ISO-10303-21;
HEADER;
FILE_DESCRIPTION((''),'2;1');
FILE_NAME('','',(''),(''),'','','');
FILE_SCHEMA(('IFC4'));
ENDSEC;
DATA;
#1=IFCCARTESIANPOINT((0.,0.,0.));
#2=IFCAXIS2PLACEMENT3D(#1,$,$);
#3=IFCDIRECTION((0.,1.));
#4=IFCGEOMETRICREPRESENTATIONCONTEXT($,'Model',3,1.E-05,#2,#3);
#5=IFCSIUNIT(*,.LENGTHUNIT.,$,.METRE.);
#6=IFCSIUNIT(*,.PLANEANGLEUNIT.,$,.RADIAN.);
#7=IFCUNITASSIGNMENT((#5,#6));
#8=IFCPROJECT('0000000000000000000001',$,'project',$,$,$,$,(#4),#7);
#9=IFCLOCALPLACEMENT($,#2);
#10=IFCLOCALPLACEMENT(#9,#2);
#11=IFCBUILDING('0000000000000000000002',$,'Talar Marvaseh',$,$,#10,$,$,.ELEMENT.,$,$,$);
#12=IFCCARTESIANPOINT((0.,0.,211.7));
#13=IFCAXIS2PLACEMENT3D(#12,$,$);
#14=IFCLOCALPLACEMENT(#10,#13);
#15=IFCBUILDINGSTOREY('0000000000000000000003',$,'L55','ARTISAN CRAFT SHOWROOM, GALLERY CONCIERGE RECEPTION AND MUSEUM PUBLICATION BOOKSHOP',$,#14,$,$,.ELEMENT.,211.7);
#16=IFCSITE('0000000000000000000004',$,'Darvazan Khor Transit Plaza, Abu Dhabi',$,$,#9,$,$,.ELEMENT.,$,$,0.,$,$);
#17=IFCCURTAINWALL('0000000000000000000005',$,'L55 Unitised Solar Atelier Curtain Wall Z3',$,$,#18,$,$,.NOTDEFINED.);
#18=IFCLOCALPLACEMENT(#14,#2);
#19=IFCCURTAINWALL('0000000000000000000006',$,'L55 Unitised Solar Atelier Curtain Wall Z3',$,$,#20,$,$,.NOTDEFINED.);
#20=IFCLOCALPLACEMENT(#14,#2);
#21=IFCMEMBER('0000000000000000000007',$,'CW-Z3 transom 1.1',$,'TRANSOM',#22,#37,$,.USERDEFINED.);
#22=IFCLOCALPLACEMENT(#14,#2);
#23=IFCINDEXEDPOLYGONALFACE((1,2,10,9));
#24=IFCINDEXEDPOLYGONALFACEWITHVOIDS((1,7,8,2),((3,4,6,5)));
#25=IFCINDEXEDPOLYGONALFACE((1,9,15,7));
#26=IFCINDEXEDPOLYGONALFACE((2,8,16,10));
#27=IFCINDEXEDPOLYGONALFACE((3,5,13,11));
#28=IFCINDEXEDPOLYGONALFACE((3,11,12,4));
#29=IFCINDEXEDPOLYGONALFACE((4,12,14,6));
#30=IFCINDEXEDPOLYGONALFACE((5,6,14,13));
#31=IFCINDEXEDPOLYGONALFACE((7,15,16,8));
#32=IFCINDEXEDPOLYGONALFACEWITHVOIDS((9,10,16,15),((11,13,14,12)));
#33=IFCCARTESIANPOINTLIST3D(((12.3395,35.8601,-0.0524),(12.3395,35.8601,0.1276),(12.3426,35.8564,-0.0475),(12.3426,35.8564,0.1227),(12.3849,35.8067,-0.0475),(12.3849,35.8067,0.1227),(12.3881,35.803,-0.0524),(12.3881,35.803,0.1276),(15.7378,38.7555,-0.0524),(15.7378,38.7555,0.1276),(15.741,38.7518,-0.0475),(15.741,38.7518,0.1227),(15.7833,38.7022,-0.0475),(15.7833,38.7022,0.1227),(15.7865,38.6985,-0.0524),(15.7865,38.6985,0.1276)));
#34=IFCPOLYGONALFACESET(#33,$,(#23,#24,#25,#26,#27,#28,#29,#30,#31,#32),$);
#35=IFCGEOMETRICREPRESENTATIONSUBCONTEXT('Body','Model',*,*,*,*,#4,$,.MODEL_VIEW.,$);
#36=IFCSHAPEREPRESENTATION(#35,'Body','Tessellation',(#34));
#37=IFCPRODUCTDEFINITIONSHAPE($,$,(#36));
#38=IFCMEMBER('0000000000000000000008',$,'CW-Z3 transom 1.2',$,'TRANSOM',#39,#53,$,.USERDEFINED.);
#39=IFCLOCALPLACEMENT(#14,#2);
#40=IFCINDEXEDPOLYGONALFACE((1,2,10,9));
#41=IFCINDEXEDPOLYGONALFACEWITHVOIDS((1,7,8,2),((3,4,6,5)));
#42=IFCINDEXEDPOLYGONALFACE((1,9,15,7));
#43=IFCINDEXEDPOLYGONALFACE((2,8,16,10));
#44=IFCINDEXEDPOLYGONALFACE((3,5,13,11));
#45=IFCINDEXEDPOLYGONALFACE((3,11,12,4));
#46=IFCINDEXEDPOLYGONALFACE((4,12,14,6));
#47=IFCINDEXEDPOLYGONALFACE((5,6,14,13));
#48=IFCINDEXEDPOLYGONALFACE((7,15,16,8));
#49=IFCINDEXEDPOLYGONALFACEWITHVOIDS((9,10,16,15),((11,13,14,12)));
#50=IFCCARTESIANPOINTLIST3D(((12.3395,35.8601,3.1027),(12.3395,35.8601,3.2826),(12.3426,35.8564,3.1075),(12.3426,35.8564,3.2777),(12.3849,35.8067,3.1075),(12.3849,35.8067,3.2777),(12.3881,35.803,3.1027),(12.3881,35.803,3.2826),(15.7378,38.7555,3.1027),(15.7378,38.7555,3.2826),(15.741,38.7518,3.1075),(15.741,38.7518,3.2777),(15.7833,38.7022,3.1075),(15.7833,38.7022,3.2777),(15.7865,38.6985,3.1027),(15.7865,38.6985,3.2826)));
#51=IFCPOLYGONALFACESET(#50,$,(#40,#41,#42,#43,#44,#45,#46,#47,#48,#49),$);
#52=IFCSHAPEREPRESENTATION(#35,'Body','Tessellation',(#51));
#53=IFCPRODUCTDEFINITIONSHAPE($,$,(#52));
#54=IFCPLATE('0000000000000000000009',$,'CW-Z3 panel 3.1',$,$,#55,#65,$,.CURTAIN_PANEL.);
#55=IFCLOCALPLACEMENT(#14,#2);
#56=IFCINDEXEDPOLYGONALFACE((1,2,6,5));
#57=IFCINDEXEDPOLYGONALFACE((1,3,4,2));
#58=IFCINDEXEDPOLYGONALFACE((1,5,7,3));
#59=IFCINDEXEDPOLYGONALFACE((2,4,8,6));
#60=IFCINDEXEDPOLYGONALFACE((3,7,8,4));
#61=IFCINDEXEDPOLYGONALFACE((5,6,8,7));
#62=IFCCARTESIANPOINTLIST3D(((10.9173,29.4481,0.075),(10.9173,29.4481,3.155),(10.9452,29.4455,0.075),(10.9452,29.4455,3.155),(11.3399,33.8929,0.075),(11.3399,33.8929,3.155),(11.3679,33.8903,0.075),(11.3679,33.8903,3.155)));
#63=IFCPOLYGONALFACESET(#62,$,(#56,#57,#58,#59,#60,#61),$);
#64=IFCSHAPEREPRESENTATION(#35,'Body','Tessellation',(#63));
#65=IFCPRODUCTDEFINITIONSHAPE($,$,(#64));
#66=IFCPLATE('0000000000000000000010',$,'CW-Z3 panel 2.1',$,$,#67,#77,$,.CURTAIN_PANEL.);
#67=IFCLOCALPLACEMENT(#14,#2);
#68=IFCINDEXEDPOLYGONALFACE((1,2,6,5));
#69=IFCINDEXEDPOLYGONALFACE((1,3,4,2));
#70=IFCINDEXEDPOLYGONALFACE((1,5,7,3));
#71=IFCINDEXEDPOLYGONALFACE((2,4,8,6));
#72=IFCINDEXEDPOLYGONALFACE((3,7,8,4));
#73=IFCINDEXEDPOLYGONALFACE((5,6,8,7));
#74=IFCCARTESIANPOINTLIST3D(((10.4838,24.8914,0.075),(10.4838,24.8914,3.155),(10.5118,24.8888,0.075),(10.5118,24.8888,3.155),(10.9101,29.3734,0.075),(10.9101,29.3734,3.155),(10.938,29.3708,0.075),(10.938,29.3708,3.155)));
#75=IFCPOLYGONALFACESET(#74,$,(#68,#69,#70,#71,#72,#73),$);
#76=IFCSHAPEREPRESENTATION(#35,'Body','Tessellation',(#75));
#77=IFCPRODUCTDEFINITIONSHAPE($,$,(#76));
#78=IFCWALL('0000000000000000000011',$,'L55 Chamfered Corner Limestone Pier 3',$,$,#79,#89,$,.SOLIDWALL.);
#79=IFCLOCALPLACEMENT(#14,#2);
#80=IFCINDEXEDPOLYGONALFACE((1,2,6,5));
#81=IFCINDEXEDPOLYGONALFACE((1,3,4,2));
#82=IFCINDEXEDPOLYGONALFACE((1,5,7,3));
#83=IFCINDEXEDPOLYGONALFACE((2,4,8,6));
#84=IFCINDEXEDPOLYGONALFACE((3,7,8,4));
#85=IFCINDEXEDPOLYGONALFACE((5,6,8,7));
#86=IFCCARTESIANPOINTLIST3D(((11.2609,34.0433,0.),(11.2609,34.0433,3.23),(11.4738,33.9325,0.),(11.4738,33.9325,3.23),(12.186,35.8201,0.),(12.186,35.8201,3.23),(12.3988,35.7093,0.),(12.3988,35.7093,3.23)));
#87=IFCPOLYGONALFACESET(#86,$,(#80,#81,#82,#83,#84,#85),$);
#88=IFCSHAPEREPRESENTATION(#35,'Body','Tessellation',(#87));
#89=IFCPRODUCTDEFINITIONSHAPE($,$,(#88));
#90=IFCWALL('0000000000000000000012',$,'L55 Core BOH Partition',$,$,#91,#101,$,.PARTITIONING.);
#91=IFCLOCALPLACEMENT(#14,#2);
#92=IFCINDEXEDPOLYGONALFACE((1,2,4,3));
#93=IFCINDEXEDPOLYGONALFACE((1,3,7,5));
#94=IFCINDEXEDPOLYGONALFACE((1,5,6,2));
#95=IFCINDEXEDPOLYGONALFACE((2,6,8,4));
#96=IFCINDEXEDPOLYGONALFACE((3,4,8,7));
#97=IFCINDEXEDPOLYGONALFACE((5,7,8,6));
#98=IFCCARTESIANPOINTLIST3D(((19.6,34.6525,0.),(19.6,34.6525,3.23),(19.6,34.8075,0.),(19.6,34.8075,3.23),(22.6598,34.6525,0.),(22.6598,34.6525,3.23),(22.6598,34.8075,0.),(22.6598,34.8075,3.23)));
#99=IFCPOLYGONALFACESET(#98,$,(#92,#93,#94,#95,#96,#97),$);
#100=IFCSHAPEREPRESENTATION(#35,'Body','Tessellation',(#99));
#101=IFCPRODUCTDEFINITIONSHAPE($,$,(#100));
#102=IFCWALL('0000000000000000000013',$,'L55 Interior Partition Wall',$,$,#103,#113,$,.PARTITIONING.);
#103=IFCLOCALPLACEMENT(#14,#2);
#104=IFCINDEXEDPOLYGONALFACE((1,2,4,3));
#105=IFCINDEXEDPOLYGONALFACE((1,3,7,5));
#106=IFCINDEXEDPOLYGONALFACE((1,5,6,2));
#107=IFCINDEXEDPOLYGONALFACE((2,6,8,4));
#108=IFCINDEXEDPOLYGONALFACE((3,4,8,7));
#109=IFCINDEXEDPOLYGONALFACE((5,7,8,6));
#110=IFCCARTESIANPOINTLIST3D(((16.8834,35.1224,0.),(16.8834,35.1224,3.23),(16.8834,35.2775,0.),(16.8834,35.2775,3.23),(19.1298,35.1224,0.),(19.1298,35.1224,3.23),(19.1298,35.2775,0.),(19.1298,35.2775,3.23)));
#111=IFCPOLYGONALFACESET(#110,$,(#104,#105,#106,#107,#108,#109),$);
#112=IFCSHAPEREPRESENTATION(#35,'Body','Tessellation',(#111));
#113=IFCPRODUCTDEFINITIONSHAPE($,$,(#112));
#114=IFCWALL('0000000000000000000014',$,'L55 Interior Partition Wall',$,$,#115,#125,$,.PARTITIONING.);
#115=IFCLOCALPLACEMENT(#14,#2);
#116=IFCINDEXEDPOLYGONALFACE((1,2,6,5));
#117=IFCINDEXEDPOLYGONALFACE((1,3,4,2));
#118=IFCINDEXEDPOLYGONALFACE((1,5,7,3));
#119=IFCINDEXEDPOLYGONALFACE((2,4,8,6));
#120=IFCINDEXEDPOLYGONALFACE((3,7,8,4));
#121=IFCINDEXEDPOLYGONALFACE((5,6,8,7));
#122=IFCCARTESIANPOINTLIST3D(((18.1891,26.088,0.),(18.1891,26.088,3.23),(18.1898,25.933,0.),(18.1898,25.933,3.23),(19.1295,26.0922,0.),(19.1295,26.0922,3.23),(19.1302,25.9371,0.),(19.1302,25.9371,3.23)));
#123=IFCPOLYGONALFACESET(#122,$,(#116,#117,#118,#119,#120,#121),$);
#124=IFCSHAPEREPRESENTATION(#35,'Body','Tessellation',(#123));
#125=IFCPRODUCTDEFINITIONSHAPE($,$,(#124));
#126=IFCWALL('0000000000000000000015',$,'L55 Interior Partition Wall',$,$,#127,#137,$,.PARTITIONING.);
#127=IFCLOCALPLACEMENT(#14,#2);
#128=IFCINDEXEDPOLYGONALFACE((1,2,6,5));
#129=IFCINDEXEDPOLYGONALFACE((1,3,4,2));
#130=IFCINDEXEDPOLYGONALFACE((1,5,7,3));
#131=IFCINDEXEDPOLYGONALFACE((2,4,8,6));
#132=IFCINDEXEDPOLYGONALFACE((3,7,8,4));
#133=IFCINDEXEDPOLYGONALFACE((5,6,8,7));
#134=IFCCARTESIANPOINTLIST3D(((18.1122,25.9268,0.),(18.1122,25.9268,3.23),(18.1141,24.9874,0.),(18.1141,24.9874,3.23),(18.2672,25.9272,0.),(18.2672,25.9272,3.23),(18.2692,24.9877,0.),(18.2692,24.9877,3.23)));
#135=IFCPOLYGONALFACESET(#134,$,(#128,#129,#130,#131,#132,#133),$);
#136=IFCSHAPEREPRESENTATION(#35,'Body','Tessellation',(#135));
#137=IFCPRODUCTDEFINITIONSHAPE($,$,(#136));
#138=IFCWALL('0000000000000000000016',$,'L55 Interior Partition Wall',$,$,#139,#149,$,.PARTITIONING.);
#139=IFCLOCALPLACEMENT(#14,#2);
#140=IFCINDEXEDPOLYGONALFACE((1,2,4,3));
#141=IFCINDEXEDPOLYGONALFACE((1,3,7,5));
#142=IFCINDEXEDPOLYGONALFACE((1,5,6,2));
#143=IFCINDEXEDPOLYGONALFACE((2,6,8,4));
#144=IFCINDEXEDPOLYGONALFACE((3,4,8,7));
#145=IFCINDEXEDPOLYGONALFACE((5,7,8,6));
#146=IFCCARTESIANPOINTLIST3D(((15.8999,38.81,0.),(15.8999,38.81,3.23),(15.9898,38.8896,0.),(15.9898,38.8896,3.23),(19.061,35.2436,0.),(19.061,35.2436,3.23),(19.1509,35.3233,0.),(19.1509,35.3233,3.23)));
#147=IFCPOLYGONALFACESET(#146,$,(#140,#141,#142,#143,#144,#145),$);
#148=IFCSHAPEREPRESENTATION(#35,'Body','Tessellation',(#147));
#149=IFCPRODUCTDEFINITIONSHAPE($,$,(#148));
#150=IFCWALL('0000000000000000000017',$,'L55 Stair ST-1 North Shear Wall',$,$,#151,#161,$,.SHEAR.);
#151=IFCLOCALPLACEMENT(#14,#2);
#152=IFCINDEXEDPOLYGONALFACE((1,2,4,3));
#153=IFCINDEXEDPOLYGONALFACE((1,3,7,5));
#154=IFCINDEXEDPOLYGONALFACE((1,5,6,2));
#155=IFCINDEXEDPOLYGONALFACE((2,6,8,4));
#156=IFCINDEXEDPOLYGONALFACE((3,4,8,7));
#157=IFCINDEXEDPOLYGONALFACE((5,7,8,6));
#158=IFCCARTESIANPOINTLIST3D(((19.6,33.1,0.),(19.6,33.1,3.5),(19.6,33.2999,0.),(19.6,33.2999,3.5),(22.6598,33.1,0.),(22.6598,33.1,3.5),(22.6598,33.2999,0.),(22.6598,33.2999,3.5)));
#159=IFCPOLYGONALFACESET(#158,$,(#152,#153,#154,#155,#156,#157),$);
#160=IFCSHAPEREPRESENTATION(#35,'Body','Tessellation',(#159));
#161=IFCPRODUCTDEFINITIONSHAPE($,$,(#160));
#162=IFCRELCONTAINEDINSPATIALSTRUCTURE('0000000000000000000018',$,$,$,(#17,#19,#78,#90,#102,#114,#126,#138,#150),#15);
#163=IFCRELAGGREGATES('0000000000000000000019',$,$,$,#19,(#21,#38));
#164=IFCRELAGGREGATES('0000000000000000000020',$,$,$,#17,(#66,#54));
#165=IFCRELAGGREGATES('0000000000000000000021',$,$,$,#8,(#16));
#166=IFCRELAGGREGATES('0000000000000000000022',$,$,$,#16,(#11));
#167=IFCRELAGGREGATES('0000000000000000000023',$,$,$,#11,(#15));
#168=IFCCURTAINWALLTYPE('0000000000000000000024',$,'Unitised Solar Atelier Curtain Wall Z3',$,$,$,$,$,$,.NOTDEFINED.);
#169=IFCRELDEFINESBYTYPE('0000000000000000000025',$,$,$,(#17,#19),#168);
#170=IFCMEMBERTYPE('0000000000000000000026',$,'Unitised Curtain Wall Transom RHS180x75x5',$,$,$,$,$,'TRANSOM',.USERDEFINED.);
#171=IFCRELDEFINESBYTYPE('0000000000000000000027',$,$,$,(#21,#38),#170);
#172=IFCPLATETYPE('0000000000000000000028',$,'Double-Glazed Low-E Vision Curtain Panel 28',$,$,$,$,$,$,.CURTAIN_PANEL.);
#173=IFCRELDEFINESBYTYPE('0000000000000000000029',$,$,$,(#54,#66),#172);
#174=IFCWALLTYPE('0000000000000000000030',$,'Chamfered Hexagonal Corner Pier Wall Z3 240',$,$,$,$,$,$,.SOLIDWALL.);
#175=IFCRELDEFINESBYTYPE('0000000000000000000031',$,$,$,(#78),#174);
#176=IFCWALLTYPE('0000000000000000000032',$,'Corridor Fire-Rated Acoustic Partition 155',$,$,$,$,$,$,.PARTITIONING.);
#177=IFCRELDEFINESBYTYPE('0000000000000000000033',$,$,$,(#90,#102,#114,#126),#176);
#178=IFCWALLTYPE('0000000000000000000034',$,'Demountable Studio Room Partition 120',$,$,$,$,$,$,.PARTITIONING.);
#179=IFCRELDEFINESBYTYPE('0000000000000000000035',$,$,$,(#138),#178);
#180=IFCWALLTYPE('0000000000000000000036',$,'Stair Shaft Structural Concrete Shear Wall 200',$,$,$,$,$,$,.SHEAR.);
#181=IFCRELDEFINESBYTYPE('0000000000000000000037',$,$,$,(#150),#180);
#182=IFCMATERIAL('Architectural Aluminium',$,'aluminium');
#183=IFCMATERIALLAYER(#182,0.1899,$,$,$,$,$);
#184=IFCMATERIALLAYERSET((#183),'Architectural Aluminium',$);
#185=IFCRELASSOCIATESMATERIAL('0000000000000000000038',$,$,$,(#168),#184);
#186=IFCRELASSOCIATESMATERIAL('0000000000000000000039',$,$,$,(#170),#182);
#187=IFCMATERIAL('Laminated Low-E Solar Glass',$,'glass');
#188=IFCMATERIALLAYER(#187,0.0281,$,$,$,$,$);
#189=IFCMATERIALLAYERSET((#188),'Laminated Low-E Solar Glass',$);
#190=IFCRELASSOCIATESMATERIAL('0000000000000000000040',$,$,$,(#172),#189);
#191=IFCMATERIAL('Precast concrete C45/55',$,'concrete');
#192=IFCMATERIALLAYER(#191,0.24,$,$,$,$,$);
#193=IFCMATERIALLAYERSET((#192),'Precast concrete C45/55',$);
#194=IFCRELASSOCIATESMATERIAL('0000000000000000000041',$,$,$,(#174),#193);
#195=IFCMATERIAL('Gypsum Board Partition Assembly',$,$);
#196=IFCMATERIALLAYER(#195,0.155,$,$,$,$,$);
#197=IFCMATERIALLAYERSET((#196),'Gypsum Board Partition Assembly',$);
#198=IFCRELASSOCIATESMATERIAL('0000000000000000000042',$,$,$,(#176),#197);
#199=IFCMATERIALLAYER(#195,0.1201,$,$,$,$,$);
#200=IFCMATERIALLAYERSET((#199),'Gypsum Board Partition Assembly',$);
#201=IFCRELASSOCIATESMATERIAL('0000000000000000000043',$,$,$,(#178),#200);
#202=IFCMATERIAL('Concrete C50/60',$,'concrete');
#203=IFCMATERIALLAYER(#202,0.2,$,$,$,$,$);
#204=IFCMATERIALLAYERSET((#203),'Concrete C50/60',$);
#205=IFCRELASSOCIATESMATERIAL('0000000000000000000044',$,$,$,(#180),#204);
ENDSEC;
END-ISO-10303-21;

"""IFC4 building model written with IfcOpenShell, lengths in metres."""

from ifc_helpers import new_model, si_unit, direction, frame, frame_2d, origin, origin_2d, place, context, subcontext, project, spatial, rectangle, hollow_rectangle, extrude, source, transform, mapped, material, layer, layer_set, material_profile, profile_set, type_object, type_shapes, element, aggregate, save


model = new_model("IFC4")

# Units and contexts
model_context = context("Model", 3, precision=1e-05, world=origin(), true_north=direction((0.0, 1.0)))
body_context = subcontext(model_context, "Body", "Model", "MODEL_VIEW")
ifc_project = project(units=[si_unit("LENGTHUNIT", "METRE"), si_unit("PLANEANGLEUNIT", "RADIAN")], contexts=[model_context])

# Site, building, storey
site_placement = place(None, origin())
site = spatial("IfcSite", under=ifc_project, at=site_placement, Name="Darvazan Khor Transit Plaza, Abu Dhabi", CompositionType="ELEMENT", RefElevation=0.0)
building_placement = place(site_placement, origin())
building = spatial("IfcBuilding", under=site, at=building_placement, Name="Talar Marvaseh", CompositionType="ELEMENT")
storey_placement = place(building_placement, frame((0.0, 0.0, 211.7)))
storey = spatial("IfcBuildingStorey", under=building, at=storey_placement, Name="L55", Description="ARTISAN CRAFT SHOWROOM, GALLERY CONCIERGE RECEPTION AND MUSEUM PUBLICATION BOOKSHOP", CompositionType="ELEMENT", Elevation=211.7)

# Curtain wall
ifc_material_1 = material(Name="Architectural Aluminium", Category="aluminium")
ifc_layer_1 = layer(ifc_material_1, 0.1899)
ifc_layer_set_1 = layer_set([ifc_layer_1], Name="Architectural Aluminium")
curtain_wall_type = type_object("IfcCurtainWallType", Name="Unitised Solar Atelier Curtain Wall Z3", PredefinedType="NOTDEFINED", material=ifc_layer_set_1)
curtain_wall_1_placement = place(storey_placement, origin())
curtain_wall_1 = element("IfcCurtainWall", 1, at=curtain_wall_1_placement, inside=storey, type_object=curtain_wall_type, Name="L55 Unitised Solar Atelier Curtain Wall Z3", PredefinedType="NOTDEFINED")

# Curtain wall
curtain_wall_2_placement = place(storey_placement, origin())
curtain_wall_2 = element("IfcCurtainWall", 2, at=curtain_wall_2_placement, inside=storey, type_object=curtain_wall_type, Name="L55 Unitised Solar Atelier Curtain Wall Z3", PredefinedType="NOTDEFINED")

# Members
ifc_material_profile_1 = material_profile(ifc_material_1, hollow_rectangle(XDim=0.075, YDim=0.1799, WallThickness=0.0049, at=origin_2d()), Name="RHS180x75x5")
ifc_profile_set_1 = profile_set([ifc_material_profile_1], Name="Architectural Aluminium")
member_type_1 = type_object("IfcMemberType", Name="Unitised Curtain Wall Transom RHS180x75x5", ElementType="TRANSOM", PredefinedType="USERDEFINED", material=ifc_profile_set_1)
shared_shape_1 = source(origin(), body_context, "Body", "SweptSolid", [
    extrude(hollow_rectangle(XDim=0.075, YDim=0.1799, WallThickness=0.0049, at=origin_2d()), origin(), (0.0, 0.0, 1.0), 4.4646),
])
type_shapes(member_type_1, [shared_shape_1])
member_1_placement = place(storey_placement, frame((12.3638, 35.8315, 0.0376), z_axis=(0.761183, 0.648537, 0.0), x_axis=(-0.648537, 0.761183, 0.0)))
member_1 = element("IfcMember", 3, at=member_1_placement, type_object=member_type_1, Name="CW-Z3 transom 1.1", ObjectType="TRANSOM", PredefinedType="USERDEFINED", context=body_context, shape_type="MappedRepresentation", body=[
    mapped(shared_shape_1, transform((0.0, 0.0, 0.0), x_axis=(1.0, 0.0, 0.0), y_axis=(0.0, 1.0, 0.0), z_axis=(0.0, 0.0, 1.0), scale=1.0)),
])
member_2_placement = place(storey_placement, frame((12.3638, 35.8315, 3.1926), z_axis=(0.761183, 0.648537, 0.0), x_axis=(-0.648537, 0.761183, 0.0)))
member_2 = element("IfcMember", 4, at=member_2_placement, type_object=member_type_1, Name="CW-Z3 transom 1.2", ObjectType="TRANSOM", PredefinedType="USERDEFINED", context=body_context, shape_type="MappedRepresentation", body=[
    mapped(shared_shape_1, transform((0.0, 0.0, 0.0), x_axis=(1.0, 0.0, 0.0), y_axis=(0.0, 1.0, 0.0), z_axis=(0.0, 0.0, 1.0), scale=1.0)),
])
aggregate(curtain_wall_2, [member_1, member_2])

# Plates
ifc_material_2 = material(Name="Laminated Low-E Solar Glass", Category="glass")
ifc_layer_2 = layer(ifc_material_2, 0.0281)
ifc_layer_set_2 = layer_set([ifc_layer_2], Name="Laminated Low-E Solar Glass")
plate_type = type_object("IfcPlateType", Name="Double-Glazed Low-E Vision Curtain Panel 28", PredefinedType="CURTAIN_PANEL", material=ifc_layer_set_2)
shared_shape_2 = source(origin(), body_context, "Body", "SweptSolid", [
    extrude(rectangle(XDim=4.4648, YDim=0.0281, at=origin_2d()), origin(), (0.0, 0.0, 1.0), 3.0801),
])
plate_1_placement = place(storey_placement, frame((11.1426, 31.6692, 0.075), z_axis=(0.0, 0.0, 1.0), x_axis=(0.094671, 0.995509, 0.0)))
plate_1 = element("IfcPlate", 5, at=plate_1_placement, type_object=plate_type, Name="CW-Z3 panel 3.1", PredefinedType="CURTAIN_PANEL", context=body_context, shape_type="MappedRepresentation", body=[
    mapped(shared_shape_2, transform((0.0, 0.0, 0.0), x_axis=(1.0, 0.0, 0.0), y_axis=(0.0, 1.0, 0.0), z_axis=(0.0, 0.0, 1.0), scale=1.0)),
])
shared_shape_3 = source(origin(), body_context, "Body", "SweptSolid", [
    extrude(rectangle(XDim=4.5022, YDim=0.0281, at=origin_2d()), origin(), (0.0, 0.0, 1.0), 3.0801),
])
type_shapes(plate_type, [shared_shape_2, shared_shape_3])
plate_2_placement = place(storey_placement, frame((10.7109, 27.1311, 0.075), z_axis=(0.0, 0.0, 1.0), x_axis=(0.094671, 0.995509, 0.0)))
plate_2 = element("IfcPlate", 6, at=plate_2_placement, type_object=plate_type, Name="CW-Z3 panel 2.1", PredefinedType="CURTAIN_PANEL", context=body_context, shape_type="MappedRepresentation", body=[
    mapped(shared_shape_3, transform((0.0, 0.0, 0.0), x_axis=(1.0, 0.0, 0.0), y_axis=(0.0, 1.0, 0.0), z_axis=(0.0, 0.0, 1.0), scale=1.0)),
])
aggregate(curtain_wall_1, [plate_2, plate_1])

# Walls
ifc_material_3 = material(Name="Precast concrete C45/55", Category="concrete")
ifc_layer_3 = layer(ifc_material_3, 0.24)
ifc_layer_set_3 = layer_set([ifc_layer_3], Name="Precast concrete C45/55")
wall_type_1 = type_object("IfcWallType", Name="Chamfered Hexagonal Corner Pier Wall Z3 240", PredefinedType="SOLIDWALL", material=ifc_layer_set_3)
wall_1_placement = place(storey_placement, frame((11.3674, 33.988, 0.0), z_axis=(0.0, 0.0, 1.0), x_axis=(0.461779, 0.886995, 0.0)))
element("IfcWall", 7, at=wall_1_placement, inside=storey, type_object=wall_type_1, Name="L55 Chamfered Corner Limestone Pier 3", PredefinedType="SOLIDWALL", context=body_context, shape_type="SweptSolid", body=[
    extrude(rectangle(XDim=2.0032, YDim=0.24, at=frame_2d((1.0015, 0.0))), origin(), (0.0, 0.0, 1.0), 3.23),
])
ifc_material_4 = material(Name="Gypsum Board Partition Assembly")
ifc_layer_4 = layer(ifc_material_4, 0.155)
ifc_layer_set_4 = layer_set([ifc_layer_4], Name="Gypsum Board Partition Assembly")
wall_type_2 = type_object("IfcWallType", Name="Corridor Fire-Rated Acoustic Partition 155", PredefinedType="PARTITIONING", material=ifc_layer_set_4)
wall_2_placement = place(storey_placement, frame((19.6001, 34.73, 0.0), z_axis=(0.0, 0.0, 1.0), x_axis=(1.0, 0.0, 0.0)))
element("IfcWall", 8, at=wall_2_placement, inside=storey, type_object=wall_type_2, Name="L55 Core BOH Partition", PredefinedType="PARTITIONING", context=body_context, shape_type="SweptSolid", body=[
    extrude(rectangle(XDim=3.0598, YDim=0.155, at=frame_2d((1.5298, 0.0))), origin(), (0.0, 0.0, 1.0), 3.23),
])
wall_3_placement = place(storey_placement, frame((16.8835, 35.2, 0.0), z_axis=(0.0, 0.0, 1.0), x_axis=(1.0, 0.0, 0.0)))
element("IfcWall", 9, at=wall_3_placement, inside=storey, type_object=wall_type_2, Name="L55 Interior Partition Wall", PredefinedType="PARTITIONING", context=body_context, shape_type="SweptSolid", body=[
    extrude(rectangle(XDim=2.2463, YDim=0.155, at=frame_2d((1.123, 0.0))), origin(), (0.0, 0.0, 1.0), 3.23),
])
wall_4_placement = place(storey_placement, frame((19.1299, 26.0146, 0.0), z_axis=(0.0, 0.0, 1.0), x_axis=(-0.99999, -0.004413, 0.0)))
element("IfcWall", 10, at=wall_4_placement, inside=storey, type_object=wall_type_2, Name="L55 Interior Partition Wall", PredefinedType="PARTITIONING", context=body_context, shape_type="SweptSolid", body=[
    extrude(rectangle(XDim=0.9404, YDim=0.155, at=frame_2d((0.4702, 0.0))), origin(), (0.0, 0.0, 1.0), 3.23),
])
wall_5_placement = place(storey_placement, frame((18.1897, 25.927, 0.0), z_axis=(0.0, 0.0, 1.0), x_axis=(0.002079, -0.999998, 0.0)))
element("IfcWall", 11, at=wall_5_placement, inside=storey, type_object=wall_type_2, Name="L55 Interior Partition Wall", PredefinedType="PARTITIONING", context=body_context, shape_type="SweptSolid", body=[
    extrude(rectangle(XDim=0.9395, YDim=0.155, at=frame_2d((0.4697, 0.0))), origin(), (0.0, 0.0, 1.0), 3.23),
])
ifc_layer_5 = layer(ifc_material_4, 0.1201)
ifc_layer_set_5 = layer_set([ifc_layer_5], Name="Gypsum Board Partition Assembly")
wall_type_3 = type_object("IfcWallType", Name="Demountable Studio Room Partition 120", PredefinedType="PARTITIONING", material=ifc_layer_set_5)
wall_6_placement = place(storey_placement, frame((19.106, 35.2834, 0.0), z_axis=(0.0, 0.0, 1.0), x_axis=(-0.663308, 0.748347, 0.0)))
element("IfcWall", 12, at=wall_6_placement, inside=storey, type_object=wall_type_3, Name="L55 Interior Partition Wall", PredefinedType="PARTITIONING", context=body_context, shape_type="SweptSolid", body=[
    extrude(rectangle(XDim=4.7656, YDim=0.1201, at=frame_2d((2.3828, 0.0))), origin(), (0.0, 0.0, 1.0), 3.23),
])
ifc_material_5 = material(Name="Concrete C50/60", Category="concrete")
ifc_layer_6 = layer(ifc_material_5, 0.2)
ifc_layer_set_6 = layer_set([ifc_layer_6], Name="Concrete C50/60")
wall_type_4 = type_object("IfcWallType", Name="Stair Shaft Structural Concrete Shear Wall 200", PredefinedType="SHEAR", material=ifc_layer_set_6)
wall_7_placement = place(storey_placement, frame((19.6001, 33.2, 0.0), z_axis=(0.0, 0.0, 1.0), x_axis=(1.0, 0.0, 0.0)))
element("IfcWall", 13, at=wall_7_placement, inside=storey, type_object=wall_type_4, Name="L55 Stair ST-1 North Shear Wall", PredefinedType="SHEAR", context=body_context, shape_type="SweptSolid", body=[
    extrude(rectangle(XDim=3.0598, YDim=0.2, at=frame_2d((1.5298, 0.0))), origin(), (0.0, 0.0, 1.0), 3.5),
])

save(model, "model.ifc")
